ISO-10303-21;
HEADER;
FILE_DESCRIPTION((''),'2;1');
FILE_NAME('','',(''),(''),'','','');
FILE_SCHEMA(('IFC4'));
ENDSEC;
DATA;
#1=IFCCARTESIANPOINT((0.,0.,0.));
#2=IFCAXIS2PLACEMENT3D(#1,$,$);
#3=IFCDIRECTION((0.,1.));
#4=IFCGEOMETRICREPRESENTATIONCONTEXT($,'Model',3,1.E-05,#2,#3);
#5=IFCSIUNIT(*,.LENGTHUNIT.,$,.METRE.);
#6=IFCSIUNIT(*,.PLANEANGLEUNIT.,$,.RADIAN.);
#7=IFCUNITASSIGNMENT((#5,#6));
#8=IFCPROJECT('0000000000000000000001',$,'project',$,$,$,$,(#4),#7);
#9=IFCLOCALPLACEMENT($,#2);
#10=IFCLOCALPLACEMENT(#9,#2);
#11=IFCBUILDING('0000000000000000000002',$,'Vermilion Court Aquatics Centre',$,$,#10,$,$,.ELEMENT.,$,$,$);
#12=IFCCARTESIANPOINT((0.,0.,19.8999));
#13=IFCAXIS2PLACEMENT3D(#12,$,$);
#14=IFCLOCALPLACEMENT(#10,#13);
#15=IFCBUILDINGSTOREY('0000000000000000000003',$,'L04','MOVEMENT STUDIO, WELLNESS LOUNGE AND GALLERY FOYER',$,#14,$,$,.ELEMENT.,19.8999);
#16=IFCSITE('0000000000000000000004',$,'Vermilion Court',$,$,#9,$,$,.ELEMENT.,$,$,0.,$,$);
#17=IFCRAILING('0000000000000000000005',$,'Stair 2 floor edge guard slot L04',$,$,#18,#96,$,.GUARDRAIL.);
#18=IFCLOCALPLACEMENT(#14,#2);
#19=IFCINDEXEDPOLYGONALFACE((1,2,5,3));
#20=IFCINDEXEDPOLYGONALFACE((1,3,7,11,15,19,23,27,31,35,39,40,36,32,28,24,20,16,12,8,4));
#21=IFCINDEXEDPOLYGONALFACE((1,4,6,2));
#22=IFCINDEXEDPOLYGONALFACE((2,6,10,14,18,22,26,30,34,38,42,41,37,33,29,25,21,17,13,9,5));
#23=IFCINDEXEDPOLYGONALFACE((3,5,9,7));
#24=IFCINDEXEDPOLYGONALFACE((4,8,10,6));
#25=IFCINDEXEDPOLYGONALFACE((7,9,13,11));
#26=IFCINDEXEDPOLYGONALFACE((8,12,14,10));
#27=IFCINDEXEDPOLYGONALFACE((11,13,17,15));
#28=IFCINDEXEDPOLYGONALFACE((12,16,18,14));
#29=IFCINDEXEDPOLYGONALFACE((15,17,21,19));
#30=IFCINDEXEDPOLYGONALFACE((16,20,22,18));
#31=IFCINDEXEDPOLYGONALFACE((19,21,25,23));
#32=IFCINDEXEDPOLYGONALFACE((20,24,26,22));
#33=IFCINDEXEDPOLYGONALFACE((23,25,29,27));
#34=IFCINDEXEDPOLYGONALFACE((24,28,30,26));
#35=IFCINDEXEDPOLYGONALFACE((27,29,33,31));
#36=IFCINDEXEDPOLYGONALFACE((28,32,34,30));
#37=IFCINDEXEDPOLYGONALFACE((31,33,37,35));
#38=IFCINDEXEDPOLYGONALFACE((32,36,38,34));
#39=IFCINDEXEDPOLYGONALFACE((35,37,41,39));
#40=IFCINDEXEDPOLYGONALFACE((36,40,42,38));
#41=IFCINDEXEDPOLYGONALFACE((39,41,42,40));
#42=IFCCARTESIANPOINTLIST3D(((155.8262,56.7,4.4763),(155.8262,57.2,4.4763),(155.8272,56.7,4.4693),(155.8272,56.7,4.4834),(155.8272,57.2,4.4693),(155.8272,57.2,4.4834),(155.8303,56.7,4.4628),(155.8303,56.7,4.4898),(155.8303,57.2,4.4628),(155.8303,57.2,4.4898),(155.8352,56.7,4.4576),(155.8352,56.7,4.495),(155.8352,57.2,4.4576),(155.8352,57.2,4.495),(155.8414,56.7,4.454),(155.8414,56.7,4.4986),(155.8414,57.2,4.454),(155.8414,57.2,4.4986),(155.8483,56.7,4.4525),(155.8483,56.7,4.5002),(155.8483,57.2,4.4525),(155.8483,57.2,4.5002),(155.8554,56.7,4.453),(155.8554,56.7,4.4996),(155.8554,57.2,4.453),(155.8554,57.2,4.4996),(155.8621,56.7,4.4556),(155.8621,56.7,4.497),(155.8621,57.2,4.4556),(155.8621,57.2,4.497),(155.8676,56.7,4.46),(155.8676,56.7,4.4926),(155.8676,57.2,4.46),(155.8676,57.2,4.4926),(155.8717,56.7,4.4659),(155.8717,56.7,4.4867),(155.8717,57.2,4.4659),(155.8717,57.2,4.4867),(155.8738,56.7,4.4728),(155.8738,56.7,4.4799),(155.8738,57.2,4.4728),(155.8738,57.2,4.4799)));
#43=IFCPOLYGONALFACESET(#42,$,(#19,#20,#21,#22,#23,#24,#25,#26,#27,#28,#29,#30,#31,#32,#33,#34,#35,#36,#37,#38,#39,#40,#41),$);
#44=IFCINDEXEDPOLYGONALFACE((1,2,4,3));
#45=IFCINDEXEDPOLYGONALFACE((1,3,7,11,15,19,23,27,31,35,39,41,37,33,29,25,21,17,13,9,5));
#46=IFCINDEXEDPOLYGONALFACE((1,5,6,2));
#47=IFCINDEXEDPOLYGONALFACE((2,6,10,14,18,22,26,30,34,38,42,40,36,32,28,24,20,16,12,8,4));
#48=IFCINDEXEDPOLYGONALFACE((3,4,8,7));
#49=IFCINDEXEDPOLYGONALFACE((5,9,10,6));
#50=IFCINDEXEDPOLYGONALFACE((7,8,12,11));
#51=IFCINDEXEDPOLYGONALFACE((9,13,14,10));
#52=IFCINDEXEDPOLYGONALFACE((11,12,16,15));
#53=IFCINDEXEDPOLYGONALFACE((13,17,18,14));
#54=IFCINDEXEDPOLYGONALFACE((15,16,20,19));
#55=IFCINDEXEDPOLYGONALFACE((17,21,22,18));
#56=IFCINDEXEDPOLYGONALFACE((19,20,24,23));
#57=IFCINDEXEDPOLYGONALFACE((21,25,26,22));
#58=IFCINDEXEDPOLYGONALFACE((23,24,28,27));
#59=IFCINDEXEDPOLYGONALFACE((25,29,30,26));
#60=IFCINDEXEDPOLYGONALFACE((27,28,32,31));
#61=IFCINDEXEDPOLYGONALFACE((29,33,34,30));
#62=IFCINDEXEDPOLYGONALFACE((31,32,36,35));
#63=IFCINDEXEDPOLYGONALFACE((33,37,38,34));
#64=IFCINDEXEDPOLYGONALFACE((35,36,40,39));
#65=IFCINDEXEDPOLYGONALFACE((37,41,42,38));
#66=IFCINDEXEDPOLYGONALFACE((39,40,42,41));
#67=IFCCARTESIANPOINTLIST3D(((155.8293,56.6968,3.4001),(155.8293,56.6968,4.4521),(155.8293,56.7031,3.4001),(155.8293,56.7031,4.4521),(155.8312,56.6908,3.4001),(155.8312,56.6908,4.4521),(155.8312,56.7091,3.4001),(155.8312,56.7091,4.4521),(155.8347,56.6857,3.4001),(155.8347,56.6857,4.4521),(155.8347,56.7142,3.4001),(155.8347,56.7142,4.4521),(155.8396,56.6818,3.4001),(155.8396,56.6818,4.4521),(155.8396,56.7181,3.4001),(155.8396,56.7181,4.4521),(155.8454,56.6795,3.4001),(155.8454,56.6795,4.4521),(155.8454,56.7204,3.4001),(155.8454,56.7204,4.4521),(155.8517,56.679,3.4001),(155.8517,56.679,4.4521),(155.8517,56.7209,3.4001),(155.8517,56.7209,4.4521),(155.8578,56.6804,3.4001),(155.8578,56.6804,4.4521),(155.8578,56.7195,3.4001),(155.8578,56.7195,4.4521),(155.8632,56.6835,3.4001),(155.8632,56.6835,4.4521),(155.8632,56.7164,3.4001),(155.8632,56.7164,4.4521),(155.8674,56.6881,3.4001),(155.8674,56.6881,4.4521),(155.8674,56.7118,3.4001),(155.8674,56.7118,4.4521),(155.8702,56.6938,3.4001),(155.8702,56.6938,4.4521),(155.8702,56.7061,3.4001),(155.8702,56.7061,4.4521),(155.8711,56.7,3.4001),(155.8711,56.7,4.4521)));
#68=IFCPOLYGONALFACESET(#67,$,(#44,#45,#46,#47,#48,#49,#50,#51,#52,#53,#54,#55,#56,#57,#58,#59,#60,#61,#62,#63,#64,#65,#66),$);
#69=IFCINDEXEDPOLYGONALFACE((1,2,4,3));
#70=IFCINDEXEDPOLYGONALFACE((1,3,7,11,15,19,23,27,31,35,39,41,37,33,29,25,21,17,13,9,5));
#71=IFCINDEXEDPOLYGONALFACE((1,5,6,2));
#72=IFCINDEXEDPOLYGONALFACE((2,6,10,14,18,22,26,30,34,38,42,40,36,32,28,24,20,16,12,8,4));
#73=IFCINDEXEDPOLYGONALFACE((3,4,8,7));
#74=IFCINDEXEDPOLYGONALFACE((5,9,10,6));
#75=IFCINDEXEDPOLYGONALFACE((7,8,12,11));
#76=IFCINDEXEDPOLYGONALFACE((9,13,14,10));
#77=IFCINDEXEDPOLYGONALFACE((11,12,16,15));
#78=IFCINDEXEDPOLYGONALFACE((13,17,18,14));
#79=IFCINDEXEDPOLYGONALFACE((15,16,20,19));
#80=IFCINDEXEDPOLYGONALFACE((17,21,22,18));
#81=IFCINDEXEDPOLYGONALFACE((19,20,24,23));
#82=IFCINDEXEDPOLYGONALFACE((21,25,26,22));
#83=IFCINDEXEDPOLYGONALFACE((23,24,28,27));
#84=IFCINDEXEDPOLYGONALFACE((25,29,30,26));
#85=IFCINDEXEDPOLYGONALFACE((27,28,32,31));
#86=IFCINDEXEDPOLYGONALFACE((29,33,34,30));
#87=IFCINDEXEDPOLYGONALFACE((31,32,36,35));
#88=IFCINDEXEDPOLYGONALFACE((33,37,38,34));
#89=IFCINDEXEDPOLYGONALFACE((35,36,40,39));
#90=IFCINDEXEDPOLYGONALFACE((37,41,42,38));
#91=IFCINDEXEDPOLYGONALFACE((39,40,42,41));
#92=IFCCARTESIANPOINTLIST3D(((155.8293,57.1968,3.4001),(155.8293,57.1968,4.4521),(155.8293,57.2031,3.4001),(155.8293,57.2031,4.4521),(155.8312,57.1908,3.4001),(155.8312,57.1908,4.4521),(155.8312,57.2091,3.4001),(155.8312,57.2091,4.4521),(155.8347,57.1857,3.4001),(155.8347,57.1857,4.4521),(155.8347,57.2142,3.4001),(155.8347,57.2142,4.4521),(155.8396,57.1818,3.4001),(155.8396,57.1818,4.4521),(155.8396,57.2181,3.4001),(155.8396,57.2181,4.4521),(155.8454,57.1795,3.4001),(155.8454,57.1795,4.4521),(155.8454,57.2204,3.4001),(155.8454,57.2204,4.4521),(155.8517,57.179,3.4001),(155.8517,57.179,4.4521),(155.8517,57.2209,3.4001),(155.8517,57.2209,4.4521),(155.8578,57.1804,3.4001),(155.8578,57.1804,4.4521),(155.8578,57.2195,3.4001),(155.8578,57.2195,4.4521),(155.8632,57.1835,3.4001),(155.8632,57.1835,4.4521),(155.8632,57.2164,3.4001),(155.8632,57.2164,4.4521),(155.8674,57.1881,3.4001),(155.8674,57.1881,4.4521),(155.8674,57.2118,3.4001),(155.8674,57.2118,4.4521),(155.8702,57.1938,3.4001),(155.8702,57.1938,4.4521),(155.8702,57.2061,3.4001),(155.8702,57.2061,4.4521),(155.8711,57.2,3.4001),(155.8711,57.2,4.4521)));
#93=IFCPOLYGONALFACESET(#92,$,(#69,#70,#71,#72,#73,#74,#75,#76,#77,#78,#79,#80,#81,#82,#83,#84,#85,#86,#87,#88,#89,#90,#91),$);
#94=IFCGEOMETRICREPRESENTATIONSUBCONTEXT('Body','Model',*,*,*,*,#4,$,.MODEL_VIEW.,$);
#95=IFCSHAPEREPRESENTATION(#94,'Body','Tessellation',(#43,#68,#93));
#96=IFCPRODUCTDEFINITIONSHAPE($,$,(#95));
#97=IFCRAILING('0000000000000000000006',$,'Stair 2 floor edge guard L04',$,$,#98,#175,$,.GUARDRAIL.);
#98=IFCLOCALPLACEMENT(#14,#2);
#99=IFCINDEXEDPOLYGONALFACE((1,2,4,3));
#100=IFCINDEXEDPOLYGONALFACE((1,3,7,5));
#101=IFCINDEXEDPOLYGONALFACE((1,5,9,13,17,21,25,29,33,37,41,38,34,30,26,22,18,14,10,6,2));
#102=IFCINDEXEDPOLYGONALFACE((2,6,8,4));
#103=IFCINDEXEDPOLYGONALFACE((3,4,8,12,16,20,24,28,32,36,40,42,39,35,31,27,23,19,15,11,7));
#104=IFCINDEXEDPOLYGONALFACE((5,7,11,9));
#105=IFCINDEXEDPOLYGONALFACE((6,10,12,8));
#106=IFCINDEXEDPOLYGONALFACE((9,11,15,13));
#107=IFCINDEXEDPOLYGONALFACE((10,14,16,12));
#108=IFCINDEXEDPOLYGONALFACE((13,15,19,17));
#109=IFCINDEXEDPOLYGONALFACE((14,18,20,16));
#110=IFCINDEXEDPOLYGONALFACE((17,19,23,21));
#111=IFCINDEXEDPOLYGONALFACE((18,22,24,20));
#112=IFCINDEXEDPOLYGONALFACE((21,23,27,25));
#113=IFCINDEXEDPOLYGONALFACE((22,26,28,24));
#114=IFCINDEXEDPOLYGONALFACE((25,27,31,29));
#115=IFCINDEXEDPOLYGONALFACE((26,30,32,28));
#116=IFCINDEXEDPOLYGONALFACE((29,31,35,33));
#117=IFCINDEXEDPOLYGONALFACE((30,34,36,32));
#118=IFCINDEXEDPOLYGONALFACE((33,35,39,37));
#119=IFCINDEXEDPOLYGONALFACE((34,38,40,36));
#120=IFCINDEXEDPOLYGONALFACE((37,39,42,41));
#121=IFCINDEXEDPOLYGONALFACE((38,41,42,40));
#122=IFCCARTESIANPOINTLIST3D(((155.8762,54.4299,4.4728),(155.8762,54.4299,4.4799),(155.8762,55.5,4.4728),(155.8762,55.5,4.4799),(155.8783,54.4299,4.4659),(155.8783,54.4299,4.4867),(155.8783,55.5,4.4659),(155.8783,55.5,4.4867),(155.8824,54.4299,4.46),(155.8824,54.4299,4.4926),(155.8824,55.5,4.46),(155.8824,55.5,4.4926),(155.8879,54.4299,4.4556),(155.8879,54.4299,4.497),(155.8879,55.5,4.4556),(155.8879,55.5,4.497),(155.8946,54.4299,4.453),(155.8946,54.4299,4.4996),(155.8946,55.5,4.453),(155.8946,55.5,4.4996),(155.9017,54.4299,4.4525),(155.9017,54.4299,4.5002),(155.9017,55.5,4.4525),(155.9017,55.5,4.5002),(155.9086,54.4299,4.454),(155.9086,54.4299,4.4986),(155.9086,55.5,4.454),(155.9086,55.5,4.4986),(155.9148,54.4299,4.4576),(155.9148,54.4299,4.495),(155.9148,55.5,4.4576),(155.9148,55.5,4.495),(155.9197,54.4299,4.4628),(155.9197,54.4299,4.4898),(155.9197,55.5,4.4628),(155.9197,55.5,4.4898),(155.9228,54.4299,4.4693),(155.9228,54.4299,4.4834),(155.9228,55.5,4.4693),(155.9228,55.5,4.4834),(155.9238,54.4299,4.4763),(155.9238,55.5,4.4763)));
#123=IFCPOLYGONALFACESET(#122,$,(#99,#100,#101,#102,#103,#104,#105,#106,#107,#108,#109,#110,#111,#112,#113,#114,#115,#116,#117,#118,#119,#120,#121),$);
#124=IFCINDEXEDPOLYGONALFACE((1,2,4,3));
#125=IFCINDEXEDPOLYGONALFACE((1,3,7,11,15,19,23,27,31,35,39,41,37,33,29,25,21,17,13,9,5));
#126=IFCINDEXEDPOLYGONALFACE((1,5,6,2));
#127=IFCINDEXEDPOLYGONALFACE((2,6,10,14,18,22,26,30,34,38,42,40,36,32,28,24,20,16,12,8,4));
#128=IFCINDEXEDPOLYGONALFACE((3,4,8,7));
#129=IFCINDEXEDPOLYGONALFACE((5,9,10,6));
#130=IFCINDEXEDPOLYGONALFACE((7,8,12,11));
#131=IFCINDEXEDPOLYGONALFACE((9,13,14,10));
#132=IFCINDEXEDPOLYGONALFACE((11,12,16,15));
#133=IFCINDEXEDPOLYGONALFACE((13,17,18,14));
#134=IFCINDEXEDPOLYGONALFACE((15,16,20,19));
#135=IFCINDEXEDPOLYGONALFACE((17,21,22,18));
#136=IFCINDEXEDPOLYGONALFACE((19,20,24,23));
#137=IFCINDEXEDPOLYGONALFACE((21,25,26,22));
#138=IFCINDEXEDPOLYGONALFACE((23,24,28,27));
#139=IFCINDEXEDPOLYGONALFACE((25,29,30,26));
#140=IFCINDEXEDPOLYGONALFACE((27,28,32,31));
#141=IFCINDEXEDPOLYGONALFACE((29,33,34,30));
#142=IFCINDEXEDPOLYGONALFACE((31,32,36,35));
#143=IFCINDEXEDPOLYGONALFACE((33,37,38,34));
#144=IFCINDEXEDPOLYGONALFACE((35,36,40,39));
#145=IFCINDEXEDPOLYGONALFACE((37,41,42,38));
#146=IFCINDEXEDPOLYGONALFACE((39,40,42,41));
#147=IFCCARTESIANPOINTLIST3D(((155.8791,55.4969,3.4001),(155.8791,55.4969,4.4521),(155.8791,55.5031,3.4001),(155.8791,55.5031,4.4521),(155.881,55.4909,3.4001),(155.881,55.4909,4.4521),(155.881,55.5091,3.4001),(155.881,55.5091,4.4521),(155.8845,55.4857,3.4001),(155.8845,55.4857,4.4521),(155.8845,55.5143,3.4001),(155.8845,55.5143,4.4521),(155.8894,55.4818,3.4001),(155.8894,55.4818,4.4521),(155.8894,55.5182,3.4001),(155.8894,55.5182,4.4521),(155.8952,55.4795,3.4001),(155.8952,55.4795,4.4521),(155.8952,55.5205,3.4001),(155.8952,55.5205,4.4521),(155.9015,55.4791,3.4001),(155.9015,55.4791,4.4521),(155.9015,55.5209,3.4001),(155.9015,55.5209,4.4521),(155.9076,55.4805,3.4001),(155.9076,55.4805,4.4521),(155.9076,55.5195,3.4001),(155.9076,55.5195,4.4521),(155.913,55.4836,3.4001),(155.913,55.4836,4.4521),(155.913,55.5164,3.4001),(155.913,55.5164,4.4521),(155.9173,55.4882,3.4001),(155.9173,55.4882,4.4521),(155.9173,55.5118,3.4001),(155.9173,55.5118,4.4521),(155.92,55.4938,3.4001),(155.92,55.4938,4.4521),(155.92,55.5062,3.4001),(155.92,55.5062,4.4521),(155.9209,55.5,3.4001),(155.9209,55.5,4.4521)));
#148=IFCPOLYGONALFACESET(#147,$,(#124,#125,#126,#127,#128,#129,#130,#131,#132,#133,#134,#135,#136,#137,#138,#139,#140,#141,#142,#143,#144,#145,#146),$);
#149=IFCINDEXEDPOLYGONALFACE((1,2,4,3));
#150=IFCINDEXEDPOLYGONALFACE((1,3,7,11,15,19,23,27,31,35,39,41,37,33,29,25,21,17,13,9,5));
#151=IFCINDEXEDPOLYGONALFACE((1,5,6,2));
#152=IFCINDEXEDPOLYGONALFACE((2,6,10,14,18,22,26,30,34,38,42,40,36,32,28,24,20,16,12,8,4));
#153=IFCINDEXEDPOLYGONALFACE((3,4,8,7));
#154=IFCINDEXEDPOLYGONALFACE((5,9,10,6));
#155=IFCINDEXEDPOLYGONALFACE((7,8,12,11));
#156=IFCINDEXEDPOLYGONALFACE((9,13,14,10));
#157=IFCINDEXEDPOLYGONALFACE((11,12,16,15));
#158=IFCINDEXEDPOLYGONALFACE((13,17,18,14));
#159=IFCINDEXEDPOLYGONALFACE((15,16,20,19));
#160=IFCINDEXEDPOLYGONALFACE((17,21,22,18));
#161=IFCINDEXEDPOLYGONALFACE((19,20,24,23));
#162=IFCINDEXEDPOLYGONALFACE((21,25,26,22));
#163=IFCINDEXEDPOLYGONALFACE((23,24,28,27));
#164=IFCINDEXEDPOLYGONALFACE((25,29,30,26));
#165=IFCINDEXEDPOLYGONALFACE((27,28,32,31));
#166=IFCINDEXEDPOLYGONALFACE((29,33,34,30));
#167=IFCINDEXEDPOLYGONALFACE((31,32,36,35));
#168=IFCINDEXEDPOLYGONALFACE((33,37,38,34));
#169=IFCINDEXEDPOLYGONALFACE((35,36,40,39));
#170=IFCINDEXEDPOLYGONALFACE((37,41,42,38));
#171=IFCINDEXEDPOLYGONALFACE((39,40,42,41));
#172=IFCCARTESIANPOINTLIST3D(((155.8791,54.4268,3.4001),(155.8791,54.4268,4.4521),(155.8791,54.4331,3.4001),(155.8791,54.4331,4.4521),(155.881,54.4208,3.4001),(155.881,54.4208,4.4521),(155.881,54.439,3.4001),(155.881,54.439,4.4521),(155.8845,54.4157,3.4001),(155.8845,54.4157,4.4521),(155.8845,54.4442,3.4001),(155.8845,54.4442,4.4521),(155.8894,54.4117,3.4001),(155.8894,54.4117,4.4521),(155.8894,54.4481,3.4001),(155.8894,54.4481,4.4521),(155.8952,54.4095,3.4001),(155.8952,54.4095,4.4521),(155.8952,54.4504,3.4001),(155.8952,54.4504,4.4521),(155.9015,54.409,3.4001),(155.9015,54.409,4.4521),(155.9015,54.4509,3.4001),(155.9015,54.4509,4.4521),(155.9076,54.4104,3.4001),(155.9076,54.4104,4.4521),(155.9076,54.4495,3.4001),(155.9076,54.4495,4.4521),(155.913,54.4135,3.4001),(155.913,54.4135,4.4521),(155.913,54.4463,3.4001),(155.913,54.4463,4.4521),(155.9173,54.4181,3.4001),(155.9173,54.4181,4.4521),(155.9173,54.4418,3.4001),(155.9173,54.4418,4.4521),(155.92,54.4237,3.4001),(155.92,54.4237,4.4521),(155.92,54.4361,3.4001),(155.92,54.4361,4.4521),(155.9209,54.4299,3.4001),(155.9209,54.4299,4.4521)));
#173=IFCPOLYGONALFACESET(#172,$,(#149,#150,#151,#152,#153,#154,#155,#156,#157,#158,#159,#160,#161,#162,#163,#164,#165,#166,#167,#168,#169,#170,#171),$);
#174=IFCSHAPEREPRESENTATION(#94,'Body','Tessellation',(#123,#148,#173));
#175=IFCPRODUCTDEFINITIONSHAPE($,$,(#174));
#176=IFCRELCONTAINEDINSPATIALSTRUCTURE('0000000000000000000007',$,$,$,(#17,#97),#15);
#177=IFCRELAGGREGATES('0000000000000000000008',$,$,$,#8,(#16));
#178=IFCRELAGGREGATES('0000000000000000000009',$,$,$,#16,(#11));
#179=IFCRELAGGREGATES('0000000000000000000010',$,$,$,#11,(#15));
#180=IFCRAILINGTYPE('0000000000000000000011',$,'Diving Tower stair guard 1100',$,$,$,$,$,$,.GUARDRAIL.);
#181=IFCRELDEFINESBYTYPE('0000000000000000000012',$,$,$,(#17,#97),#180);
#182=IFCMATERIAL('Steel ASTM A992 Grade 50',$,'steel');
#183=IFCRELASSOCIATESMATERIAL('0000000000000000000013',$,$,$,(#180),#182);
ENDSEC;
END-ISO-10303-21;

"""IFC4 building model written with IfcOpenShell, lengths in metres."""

from ifc_helpers import new_model, si_unit, direction, frame, origin, origin_2d, place, context, subcontext, project, spatial, circle, extrude, material, type_object, element, save


model = new_model("IFC4")

# Units and contexts
model_context = context("Model", 3, precision=1e-05, world=origin(), true_north=direction((0.0, 1.0)))
body_context = subcontext(model_context, "Body", "Model", "MODEL_VIEW")
ifc_project = project(units=[si_unit("LENGTHUNIT", "METRE"), si_unit("PLANEANGLEUNIT", "RADIAN")], contexts=[model_context])

# Site, building, storey
site_placement = place(None, origin())
site = spatial("IfcSite", under=ifc_project, at=site_placement, Name="Vermilion Court", CompositionType="ELEMENT", RefElevation=0.0)
building_placement = place(site_placement, origin())
building = spatial("IfcBuilding", under=site, at=building_placement, Name="Vermilion Court Aquatics Centre", CompositionType="ELEMENT")
storey_placement = place(building_placement, frame((0.0, 0.0, 19.8999)))
storey = spatial("IfcBuildingStorey", under=building, at=storey_placement, Name="L04", Description="MOVEMENT STUDIO, WELLNESS LOUNGE AND GALLERY FOYER", CompositionType="ELEMENT", Elevation=19.8999)

# Railings
ifc_material_1 = material(Name="Steel ASTM A992 Grade 50", Category="steel")
railing_type_1 = type_object("IfcRailingType", Name="Diving Tower stair guard 1100", PredefinedType="GUARDRAIL", material=ifc_material_1)
railing_1_placement = place(storey_placement, frame((155.8501, 56.7, 3.4001)))
element("IfcRailing", 1, at=railing_1_placement, inside=storey, type_object=railing_type_1, Name="Stair 2 floor edge guard slot L04", PredefinedType="GUARDRAIL", context=body_context, shape_type="SweptSolid", body=[
    extrude(circle(Radius=0.0239, at=origin_2d()), frame((0.0, 0.0, 1.0762), z_axis=(0.0, 1.0, 0.0), x_axis=(-1.0, 0.0, 0.0)), (0.0, 0.0, 1.0), 0.5),
    extrude(circle(Radius=0.021, at=origin_2d()), origin(), (0.0, 0.0, 1.0), 1.052),
    extrude(circle(Radius=0.021, at=origin_2d()), frame((0.0, 0.5, 0.0)), (0.0, 0.0, 1.0), 1.052),
])
railing_2_placement = place(storey_placement, frame((155.8999, 55.5, 3.4001)))
element("IfcRailing", 2, at=railing_2_placement, inside=storey, type_object=railing_type_1, Name="Stair 2 floor edge guard L04", PredefinedType="GUARDRAIL", context=body_context, shape_type="SweptSolid", body=[
    extrude(circle(Radius=0.0239, at=origin_2d()), frame((0.0, 0.0, 1.0762), z_axis=(0.0, -1.0, 0.0), x_axis=(1.0, 0.0, 0.0)), (0.0, 0.0, 1.0), 1.0701),
    extrude(circle(Radius=0.021, at=origin_2d()), origin(), (0.0, 0.0, 1.0), 1.052),
    extrude(circle(Radius=0.021, at=origin_2d()), frame((0.0, -1.0701, 0.0)), (0.0, 0.0, 1.0), 1.052),
])

save(model, "model.ifc")
